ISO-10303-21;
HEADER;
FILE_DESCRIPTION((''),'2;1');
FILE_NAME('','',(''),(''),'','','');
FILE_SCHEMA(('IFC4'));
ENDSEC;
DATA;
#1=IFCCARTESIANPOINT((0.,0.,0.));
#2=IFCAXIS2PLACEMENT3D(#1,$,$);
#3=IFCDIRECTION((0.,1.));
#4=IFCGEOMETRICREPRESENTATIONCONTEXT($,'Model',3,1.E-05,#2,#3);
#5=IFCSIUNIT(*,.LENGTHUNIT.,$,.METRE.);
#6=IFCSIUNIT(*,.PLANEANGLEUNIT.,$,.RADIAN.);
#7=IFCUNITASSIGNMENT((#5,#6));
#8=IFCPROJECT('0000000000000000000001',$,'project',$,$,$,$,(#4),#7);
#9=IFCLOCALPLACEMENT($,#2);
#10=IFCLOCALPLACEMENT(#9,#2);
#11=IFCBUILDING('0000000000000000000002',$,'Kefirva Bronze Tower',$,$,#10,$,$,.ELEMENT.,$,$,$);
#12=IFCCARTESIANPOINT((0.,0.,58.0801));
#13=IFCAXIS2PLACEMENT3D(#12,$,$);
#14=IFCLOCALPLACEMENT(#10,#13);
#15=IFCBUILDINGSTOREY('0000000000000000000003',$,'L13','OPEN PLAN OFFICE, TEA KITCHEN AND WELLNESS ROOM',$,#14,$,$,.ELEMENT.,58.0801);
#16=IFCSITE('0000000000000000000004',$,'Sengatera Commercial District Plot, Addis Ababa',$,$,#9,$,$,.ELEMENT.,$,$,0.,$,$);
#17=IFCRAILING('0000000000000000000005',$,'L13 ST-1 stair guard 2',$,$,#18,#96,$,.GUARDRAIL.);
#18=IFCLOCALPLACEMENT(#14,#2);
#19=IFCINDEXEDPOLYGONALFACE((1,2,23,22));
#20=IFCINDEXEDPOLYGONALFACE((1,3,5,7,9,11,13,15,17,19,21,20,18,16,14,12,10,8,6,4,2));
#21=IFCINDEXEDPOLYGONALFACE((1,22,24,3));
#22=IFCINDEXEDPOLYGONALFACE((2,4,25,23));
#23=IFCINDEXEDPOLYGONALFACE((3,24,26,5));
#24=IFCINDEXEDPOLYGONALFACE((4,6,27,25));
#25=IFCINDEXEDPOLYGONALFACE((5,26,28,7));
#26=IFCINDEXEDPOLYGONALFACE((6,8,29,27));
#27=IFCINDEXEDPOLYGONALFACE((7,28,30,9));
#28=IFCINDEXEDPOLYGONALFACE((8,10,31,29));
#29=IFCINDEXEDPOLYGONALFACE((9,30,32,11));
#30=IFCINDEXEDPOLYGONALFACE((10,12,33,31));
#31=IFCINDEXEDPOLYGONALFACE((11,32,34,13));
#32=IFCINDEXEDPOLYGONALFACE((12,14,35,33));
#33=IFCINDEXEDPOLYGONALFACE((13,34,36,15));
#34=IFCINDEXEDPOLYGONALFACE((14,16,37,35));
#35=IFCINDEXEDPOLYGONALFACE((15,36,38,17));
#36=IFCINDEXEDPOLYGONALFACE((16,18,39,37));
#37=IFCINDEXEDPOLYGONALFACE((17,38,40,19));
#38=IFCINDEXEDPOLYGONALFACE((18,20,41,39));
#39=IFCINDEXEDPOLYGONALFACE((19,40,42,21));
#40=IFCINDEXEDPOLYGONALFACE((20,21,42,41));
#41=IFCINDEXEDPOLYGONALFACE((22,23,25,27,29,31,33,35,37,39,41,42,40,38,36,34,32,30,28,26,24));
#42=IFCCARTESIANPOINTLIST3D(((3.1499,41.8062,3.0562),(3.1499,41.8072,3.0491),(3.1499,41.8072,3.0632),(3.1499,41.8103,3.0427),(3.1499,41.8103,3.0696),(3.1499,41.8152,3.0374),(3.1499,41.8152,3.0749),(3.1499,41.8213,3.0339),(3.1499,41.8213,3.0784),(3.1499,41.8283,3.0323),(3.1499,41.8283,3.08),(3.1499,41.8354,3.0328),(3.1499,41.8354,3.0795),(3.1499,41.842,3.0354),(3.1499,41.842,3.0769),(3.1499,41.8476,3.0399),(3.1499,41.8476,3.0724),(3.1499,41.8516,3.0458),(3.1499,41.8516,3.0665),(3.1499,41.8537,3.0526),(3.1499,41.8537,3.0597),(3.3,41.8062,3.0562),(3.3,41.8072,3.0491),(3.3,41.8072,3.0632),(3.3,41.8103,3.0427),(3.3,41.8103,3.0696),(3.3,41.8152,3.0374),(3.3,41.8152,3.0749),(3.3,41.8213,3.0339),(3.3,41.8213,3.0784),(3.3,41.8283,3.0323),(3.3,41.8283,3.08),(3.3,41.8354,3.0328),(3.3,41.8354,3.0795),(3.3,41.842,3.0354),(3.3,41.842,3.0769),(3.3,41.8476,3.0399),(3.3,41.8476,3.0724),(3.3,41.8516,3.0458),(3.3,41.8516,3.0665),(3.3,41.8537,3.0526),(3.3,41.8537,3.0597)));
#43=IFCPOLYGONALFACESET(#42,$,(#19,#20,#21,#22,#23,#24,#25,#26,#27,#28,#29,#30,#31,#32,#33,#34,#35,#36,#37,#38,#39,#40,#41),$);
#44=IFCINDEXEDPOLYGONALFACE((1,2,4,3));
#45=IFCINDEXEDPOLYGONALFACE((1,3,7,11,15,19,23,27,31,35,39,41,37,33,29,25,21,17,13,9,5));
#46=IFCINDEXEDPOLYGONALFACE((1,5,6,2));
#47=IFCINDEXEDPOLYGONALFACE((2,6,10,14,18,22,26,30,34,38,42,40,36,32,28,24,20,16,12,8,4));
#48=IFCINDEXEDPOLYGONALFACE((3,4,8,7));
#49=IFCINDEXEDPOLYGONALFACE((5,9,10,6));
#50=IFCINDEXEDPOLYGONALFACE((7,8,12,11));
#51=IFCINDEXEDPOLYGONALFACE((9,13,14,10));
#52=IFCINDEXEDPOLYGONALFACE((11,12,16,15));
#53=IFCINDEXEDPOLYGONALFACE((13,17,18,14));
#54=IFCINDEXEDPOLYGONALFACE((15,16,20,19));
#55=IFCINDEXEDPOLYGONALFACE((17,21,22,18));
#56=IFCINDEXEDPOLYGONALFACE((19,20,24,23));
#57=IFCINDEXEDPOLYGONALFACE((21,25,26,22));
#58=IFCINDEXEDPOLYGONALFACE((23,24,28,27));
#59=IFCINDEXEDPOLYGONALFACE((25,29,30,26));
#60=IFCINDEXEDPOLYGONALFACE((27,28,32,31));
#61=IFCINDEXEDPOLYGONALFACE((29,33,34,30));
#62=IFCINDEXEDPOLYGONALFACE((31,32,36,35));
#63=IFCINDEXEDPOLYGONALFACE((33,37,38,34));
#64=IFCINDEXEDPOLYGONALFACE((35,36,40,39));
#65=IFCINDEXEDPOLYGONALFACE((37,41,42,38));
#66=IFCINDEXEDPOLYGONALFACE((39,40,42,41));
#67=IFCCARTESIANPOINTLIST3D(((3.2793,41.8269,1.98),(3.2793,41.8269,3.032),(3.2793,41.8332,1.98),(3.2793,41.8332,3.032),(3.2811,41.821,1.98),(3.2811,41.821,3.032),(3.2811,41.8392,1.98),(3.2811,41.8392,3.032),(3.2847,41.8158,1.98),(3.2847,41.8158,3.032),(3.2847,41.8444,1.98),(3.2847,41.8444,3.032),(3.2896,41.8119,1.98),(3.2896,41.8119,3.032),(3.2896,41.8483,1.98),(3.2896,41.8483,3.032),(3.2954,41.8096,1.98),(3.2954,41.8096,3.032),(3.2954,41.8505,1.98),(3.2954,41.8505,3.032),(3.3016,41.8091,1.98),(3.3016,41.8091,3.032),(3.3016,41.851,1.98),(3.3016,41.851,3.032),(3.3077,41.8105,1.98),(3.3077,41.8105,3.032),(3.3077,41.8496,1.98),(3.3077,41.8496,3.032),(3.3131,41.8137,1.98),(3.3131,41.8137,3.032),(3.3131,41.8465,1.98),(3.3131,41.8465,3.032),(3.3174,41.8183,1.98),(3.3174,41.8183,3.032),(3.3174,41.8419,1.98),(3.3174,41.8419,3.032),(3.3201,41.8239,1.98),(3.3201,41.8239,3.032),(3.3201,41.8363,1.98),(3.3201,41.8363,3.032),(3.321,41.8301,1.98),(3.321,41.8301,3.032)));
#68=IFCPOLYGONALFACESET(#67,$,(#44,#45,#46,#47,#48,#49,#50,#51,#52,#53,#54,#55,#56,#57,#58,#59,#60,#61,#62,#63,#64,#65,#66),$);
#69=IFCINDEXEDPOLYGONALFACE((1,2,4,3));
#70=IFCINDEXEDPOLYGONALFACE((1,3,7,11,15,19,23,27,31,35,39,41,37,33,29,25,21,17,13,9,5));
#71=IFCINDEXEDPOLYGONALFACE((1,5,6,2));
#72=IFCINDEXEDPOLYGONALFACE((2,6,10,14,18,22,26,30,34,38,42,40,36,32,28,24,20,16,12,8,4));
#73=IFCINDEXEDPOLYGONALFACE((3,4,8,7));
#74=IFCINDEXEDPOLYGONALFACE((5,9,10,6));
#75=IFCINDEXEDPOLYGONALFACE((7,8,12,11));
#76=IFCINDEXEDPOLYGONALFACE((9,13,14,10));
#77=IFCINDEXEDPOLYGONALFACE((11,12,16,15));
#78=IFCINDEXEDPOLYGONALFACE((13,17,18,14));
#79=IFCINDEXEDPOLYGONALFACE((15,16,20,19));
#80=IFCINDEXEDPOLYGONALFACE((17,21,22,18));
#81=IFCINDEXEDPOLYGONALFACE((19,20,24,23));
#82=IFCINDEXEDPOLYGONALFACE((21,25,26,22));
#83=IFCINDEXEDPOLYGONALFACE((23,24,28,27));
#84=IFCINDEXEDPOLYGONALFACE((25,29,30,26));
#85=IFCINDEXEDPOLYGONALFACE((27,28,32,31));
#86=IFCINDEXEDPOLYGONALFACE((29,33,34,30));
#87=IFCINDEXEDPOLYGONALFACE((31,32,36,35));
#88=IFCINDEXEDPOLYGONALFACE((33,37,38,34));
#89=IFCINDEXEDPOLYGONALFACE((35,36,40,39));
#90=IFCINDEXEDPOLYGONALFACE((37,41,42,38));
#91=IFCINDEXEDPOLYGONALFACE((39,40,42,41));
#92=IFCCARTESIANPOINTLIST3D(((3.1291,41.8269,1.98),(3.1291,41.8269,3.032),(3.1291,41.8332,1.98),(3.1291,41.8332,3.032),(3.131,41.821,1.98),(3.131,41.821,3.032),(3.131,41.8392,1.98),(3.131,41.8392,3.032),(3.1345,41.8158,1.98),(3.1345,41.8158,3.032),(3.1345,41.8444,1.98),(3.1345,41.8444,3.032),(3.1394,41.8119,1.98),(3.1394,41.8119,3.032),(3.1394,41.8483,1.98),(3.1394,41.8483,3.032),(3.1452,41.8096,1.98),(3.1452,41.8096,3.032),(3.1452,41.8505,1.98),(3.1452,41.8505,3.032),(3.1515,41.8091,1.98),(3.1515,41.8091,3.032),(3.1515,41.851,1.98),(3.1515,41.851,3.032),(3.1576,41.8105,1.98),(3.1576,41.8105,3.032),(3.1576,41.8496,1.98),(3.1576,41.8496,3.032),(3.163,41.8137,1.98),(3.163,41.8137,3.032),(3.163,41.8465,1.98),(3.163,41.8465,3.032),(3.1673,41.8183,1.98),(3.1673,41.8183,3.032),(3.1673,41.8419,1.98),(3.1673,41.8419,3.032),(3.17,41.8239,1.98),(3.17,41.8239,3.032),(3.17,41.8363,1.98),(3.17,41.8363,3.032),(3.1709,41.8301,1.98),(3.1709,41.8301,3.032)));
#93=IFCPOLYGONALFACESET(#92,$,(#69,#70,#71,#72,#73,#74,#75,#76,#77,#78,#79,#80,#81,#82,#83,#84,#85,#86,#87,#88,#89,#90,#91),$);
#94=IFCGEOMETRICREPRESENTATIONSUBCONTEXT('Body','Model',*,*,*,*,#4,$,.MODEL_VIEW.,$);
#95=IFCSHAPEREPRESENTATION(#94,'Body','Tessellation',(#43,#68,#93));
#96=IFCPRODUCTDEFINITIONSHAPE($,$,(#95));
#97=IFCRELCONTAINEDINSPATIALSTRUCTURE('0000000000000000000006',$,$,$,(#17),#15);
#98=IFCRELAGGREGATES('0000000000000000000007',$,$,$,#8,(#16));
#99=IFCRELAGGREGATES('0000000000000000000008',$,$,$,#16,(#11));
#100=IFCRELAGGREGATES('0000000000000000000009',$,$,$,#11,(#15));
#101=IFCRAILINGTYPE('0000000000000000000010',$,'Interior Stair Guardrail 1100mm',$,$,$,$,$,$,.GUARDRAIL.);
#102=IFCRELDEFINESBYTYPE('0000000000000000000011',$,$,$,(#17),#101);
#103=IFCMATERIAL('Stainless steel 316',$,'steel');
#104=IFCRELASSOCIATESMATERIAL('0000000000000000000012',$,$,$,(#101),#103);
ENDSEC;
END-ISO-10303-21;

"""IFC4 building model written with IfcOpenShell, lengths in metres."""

from ifc_helpers import new_model, si_unit, direction, frame, origin, origin_2d, place, context, subcontext, project, spatial, circle, extrude, material, type_object, element, save


model = new_model("IFC4")

# Units and contexts
model_context = context("Model", 3, precision=1e-05, world=origin(), true_north=direction((0.0, 1.0)))
body_context = subcontext(model_context, "Body", "Model", "MODEL_VIEW")
ifc_project = project(units=[si_unit("LENGTHUNIT", "METRE"), si_unit("PLANEANGLEUNIT", "RADIAN")], contexts=[model_context])

# Site, building, storey
site_placement = place(None, origin())
site = spatial("IfcSite", under=ifc_project, at=site_placement, Name="Sengatera Commercial District Plot, Addis Ababa", CompositionType="ELEMENT", RefElevation=0.0)
building_placement = place(site_placement, origin())
building = spatial("IfcBuilding", under=site, at=building_placement, Name="Kefirva Bronze Tower", CompositionType="ELEMENT")
storey_placement = place(building_placement, frame((0.0, 0.0, 58.0801)))
storey = spatial("IfcBuildingStorey", under=building, at=storey_placement, Name="L13", Description="OPEN PLAN OFFICE, TEA KITCHEN AND WELLNESS ROOM", CompositionType="ELEMENT", Elevation=58.0801)

# Shared definitions
ifc_material_1 = material(Name="Stainless steel 316", Category="steel")

# Railing
railing_type_1 = type_object("IfcRailingType", Name="Interior Stair Guardrail 1100mm", PredefinedType="GUARDRAIL", material=ifc_material_1)
railing_1_placement = place(storey_placement, frame((3.3, 41.8301, 1.98)))
element("IfcRailing", 1, at=railing_1_placement, inside=storey, type_object=railing_type_1, Name="L13 ST-1 stair guard 2", PredefinedType="GUARDRAIL", context=body_context, shape_type="SweptSolid", body=[
    extrude(circle(Radius=0.0239, at=origin_2d()), frame((0.0, 0.0, 1.0762), z_axis=(-1.0, 0.0, 0.0), x_axis=(0.0, -1.0, 0.0)), (0.0, 0.0, 1.0), 0.1501),
    extrude(circle(Radius=0.021, at=origin_2d()), origin(), (0.0, 0.0, 1.0), 1.052),
    extrude(circle(Radius=0.021, at=origin_2d()), frame((-0.1501, 0.0, 0.0)), (0.0, 0.0, 1.0), 1.052),
])

save(model, "model.ifc")
